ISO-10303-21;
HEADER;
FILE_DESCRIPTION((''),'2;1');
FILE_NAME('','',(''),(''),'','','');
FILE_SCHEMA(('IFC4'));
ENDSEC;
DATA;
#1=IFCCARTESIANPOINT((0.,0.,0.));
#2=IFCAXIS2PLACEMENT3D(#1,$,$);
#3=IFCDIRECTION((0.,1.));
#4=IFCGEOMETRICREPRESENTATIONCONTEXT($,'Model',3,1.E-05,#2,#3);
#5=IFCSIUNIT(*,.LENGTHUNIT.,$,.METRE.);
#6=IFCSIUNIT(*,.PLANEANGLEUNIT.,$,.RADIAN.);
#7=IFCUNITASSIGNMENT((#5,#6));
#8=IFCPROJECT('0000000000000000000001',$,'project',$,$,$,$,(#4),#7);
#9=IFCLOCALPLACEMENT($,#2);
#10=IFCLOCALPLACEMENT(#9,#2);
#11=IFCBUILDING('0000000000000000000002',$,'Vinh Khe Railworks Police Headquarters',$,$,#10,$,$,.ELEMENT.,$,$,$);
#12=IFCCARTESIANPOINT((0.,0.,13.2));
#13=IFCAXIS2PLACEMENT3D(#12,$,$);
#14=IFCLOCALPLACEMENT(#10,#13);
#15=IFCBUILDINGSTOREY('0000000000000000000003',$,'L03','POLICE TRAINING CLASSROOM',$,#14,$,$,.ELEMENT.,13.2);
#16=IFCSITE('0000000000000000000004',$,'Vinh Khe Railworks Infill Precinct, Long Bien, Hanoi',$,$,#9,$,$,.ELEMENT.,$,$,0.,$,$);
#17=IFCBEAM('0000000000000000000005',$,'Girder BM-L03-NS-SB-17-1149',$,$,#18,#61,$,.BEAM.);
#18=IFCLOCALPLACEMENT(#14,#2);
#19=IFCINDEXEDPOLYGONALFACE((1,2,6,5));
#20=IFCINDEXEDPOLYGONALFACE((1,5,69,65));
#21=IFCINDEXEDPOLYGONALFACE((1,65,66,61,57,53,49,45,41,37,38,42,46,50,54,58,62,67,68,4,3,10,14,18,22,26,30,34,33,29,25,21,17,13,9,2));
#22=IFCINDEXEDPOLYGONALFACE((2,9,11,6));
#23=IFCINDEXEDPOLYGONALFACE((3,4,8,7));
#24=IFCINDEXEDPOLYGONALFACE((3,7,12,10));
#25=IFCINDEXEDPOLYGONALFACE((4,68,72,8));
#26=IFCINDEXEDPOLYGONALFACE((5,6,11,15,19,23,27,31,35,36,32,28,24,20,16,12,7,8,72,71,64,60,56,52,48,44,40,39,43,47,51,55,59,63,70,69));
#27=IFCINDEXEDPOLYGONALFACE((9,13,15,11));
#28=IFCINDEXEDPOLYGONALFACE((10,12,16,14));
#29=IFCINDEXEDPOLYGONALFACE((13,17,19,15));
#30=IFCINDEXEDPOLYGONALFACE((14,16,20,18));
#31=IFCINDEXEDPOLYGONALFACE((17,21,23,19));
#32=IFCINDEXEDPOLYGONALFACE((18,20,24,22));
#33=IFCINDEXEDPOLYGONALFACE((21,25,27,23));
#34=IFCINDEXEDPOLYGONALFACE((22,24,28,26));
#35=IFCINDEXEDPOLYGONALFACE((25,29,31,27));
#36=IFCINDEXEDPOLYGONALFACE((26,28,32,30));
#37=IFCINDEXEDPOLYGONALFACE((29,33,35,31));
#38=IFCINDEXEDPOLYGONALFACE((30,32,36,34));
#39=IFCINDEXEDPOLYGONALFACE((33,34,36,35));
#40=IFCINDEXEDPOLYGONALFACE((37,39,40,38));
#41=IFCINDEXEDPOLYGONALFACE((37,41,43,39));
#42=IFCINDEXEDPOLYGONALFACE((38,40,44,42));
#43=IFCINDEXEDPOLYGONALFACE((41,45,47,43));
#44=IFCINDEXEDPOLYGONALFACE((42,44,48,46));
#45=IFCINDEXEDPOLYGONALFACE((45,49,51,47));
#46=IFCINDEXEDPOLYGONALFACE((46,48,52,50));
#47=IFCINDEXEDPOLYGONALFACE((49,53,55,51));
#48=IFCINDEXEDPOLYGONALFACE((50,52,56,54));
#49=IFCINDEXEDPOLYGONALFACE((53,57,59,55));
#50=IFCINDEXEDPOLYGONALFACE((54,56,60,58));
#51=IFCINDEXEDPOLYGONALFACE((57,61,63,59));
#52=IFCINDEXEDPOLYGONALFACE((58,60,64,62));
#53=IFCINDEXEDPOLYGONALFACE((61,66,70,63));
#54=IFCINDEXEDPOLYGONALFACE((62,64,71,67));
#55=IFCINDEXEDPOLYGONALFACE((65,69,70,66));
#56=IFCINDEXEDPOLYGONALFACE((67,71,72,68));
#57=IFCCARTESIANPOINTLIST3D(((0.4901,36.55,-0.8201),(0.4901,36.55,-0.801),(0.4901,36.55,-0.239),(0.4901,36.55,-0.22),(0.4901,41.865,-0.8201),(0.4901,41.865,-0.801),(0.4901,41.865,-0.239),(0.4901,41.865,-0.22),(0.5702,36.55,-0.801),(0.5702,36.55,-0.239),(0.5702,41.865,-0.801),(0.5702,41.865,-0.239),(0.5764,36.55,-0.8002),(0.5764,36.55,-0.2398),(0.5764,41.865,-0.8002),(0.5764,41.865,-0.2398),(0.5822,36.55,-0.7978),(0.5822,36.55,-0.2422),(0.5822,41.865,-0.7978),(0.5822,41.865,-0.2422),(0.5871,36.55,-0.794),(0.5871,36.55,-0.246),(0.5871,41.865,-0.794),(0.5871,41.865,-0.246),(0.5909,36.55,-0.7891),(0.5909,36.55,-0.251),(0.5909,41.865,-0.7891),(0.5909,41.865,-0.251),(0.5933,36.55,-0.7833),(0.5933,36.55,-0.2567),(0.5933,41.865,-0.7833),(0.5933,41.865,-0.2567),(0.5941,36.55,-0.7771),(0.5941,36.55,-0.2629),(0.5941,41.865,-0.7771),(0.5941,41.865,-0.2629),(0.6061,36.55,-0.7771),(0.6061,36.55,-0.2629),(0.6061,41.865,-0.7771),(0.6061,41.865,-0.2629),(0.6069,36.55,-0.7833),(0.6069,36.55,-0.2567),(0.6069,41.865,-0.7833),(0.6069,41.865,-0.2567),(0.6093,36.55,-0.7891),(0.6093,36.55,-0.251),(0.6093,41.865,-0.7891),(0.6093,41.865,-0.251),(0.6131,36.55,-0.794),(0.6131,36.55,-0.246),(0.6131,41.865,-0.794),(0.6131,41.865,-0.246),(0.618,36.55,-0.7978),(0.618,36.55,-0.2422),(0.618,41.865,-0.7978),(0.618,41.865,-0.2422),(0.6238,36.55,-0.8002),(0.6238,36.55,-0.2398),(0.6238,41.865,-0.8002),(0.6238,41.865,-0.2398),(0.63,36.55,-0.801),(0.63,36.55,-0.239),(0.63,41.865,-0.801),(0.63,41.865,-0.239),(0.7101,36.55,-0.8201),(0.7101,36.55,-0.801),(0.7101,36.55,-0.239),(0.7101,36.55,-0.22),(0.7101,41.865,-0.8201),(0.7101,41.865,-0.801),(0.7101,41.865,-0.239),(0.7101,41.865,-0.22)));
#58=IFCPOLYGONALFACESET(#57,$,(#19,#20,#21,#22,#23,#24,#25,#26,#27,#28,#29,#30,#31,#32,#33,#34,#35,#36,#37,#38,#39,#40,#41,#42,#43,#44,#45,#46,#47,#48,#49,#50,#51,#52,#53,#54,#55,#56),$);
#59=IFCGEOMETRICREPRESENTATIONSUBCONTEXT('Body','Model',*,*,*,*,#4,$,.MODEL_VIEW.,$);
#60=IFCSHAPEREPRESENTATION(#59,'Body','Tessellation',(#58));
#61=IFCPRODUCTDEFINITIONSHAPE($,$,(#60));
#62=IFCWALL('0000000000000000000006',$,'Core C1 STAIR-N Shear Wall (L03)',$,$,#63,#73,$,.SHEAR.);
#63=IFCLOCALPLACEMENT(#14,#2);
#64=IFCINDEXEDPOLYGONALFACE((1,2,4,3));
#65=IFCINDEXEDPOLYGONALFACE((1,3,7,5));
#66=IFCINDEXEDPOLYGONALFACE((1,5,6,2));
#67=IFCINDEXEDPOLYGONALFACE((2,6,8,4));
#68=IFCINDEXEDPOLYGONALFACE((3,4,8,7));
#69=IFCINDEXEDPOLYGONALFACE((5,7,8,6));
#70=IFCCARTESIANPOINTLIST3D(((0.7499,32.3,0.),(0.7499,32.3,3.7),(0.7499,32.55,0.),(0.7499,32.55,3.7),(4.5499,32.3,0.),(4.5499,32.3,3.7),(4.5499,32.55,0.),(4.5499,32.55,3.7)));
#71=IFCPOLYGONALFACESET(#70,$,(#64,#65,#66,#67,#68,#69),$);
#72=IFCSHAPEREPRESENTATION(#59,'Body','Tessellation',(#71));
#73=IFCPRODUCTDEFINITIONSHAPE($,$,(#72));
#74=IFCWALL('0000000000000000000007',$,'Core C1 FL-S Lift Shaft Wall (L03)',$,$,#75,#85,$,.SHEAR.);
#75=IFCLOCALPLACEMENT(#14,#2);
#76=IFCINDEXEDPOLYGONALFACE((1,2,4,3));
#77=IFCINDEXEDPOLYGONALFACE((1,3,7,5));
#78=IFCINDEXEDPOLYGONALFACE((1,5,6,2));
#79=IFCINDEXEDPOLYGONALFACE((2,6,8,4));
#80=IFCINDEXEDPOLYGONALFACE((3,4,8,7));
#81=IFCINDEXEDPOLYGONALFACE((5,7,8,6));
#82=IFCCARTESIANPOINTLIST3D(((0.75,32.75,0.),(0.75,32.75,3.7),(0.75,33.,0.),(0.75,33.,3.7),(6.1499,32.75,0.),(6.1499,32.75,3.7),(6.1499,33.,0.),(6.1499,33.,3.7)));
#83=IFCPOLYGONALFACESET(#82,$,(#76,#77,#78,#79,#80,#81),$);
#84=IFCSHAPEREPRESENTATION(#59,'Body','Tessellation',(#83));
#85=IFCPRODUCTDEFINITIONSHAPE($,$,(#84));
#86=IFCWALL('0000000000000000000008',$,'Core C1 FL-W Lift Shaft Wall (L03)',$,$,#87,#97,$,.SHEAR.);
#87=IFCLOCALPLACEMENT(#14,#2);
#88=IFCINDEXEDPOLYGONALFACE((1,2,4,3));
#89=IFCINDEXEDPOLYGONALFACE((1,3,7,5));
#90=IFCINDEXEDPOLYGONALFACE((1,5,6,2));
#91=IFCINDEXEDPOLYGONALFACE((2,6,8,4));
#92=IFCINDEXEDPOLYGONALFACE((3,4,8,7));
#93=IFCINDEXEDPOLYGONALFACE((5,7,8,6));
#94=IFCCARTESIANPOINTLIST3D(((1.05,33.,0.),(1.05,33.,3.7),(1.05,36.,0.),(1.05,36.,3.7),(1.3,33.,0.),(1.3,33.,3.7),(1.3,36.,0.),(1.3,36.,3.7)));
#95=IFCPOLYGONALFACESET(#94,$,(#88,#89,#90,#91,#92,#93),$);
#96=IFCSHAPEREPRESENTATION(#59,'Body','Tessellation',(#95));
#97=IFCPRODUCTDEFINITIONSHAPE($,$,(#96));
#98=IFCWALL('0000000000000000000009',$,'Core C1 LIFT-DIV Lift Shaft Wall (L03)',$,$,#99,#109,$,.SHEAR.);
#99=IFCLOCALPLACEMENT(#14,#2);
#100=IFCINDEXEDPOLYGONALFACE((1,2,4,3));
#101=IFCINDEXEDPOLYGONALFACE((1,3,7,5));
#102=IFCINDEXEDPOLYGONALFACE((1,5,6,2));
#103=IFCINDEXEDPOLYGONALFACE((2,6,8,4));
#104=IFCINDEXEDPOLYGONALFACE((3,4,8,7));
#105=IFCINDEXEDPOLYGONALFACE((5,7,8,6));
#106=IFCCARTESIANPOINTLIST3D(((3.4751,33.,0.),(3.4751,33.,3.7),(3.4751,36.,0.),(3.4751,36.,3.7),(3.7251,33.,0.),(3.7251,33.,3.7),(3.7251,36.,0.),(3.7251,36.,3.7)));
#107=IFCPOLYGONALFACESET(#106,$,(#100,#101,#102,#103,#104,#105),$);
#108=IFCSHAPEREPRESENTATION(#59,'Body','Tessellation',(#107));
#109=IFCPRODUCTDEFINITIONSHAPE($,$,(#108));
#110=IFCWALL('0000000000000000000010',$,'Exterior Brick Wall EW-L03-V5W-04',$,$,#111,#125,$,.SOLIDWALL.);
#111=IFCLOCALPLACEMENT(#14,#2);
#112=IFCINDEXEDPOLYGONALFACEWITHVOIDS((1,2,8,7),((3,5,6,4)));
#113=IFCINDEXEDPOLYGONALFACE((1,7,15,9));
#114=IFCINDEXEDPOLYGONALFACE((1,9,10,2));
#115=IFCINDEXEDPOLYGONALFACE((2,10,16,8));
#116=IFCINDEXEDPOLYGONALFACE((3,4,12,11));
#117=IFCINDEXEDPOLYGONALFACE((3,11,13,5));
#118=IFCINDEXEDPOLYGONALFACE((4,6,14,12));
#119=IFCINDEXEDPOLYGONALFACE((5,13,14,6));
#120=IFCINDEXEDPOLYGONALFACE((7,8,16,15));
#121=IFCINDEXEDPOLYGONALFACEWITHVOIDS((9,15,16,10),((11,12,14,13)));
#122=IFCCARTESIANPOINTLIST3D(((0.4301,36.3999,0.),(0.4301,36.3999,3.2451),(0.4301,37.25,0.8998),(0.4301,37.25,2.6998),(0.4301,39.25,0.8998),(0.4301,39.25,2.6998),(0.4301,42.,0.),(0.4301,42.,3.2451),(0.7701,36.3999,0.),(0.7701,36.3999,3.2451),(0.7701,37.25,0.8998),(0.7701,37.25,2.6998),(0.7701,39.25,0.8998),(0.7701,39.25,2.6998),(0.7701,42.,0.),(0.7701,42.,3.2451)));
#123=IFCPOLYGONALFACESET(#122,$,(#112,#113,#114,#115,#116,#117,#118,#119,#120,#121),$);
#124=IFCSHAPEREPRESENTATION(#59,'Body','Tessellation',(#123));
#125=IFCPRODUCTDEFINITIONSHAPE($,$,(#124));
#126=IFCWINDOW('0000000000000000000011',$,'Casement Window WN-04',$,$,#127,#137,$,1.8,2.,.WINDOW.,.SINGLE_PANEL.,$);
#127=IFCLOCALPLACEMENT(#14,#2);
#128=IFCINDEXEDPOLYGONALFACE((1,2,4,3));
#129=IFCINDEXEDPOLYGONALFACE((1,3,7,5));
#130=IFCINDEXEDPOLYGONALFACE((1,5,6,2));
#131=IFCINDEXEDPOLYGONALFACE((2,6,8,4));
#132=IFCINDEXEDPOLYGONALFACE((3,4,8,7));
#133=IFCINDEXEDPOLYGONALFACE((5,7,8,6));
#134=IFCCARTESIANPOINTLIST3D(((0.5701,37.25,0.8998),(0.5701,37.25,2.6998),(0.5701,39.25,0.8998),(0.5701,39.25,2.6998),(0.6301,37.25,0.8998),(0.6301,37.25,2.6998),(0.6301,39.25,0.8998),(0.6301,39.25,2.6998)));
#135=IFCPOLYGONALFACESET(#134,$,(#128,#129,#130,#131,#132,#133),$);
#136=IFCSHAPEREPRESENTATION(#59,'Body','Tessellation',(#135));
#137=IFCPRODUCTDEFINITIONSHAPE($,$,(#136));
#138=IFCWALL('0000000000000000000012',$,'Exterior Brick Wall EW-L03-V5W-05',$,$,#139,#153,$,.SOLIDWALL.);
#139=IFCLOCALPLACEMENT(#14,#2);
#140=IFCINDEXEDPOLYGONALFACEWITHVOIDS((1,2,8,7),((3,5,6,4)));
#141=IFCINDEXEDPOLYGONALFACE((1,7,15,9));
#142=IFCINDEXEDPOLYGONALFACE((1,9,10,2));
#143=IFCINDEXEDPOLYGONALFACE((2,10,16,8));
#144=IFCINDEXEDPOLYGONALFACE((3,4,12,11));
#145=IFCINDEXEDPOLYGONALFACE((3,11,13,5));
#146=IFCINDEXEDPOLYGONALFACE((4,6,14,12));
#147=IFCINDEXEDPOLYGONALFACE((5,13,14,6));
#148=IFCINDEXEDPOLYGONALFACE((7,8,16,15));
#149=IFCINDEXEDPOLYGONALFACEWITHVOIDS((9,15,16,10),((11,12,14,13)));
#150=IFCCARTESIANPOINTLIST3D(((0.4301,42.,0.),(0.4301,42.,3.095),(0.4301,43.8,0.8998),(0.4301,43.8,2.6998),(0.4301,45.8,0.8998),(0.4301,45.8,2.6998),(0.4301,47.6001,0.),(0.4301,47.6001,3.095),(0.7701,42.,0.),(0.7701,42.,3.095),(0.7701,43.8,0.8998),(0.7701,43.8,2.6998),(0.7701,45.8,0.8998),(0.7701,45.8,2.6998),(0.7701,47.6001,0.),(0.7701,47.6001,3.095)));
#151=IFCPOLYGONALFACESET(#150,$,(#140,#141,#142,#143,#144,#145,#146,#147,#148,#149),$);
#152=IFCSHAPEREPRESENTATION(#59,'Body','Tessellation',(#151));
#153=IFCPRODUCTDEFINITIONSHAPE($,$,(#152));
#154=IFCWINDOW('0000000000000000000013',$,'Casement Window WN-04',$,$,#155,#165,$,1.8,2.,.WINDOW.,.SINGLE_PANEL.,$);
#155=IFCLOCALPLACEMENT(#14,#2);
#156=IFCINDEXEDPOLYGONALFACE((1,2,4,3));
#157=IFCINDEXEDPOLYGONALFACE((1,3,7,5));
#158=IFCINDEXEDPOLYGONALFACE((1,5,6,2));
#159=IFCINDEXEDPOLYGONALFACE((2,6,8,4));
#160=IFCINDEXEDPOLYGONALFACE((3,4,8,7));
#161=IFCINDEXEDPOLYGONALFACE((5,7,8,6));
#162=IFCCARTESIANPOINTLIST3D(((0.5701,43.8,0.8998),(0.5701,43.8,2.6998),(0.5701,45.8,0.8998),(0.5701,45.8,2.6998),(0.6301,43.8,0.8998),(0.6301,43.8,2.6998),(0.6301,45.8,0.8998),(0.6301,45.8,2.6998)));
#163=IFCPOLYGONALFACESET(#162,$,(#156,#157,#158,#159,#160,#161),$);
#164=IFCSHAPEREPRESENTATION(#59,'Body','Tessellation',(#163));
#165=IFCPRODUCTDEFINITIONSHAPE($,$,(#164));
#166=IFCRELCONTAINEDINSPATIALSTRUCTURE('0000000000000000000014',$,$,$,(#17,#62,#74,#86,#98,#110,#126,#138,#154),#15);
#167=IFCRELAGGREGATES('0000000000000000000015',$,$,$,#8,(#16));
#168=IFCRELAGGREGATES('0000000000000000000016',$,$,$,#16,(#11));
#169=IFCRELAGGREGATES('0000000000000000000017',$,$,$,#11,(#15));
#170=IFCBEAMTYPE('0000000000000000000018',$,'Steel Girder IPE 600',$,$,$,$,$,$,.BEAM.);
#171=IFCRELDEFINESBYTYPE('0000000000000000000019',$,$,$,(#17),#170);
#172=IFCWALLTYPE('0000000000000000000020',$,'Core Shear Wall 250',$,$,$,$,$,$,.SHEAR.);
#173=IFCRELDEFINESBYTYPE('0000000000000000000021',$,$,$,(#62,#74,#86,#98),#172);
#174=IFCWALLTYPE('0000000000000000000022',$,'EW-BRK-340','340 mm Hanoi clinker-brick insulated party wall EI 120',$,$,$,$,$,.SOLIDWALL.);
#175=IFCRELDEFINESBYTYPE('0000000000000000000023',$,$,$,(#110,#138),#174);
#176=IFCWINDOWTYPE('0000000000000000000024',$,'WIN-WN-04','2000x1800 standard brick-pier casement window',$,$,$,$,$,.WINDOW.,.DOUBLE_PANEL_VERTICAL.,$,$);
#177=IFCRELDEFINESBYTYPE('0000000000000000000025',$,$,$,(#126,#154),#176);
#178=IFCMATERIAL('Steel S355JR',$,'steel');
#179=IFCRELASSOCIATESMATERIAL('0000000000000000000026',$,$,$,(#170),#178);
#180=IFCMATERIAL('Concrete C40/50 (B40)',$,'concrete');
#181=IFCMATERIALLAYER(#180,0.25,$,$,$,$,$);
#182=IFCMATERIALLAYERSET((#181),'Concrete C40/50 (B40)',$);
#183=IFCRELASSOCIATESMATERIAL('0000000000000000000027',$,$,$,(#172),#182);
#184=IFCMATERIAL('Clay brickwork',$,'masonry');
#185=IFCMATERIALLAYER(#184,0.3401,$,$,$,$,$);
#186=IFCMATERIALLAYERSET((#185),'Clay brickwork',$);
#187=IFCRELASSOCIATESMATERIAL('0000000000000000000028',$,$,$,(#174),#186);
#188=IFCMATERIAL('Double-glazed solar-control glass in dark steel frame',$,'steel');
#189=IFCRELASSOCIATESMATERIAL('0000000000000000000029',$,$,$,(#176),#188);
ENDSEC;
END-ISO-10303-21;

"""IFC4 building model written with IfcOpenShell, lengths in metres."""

from ifc_helpers import new_model, si_unit, direction, frame, frame_2d, origin, origin_2d, place, context, subcontext, project, spatial, rectangle, i_section, extrude, material, layer, layer_set, material_profile, profile_set, type_object, element, fill, save


model = new_model("IFC4")

# Units and contexts
model_context = context("Model", 3, precision=1e-05, world=origin(), true_north=direction((0.0, 1.0)))
body_context = subcontext(model_context, "Body", "Model", "MODEL_VIEW")
ifc_project = project(units=[si_unit("LENGTHUNIT", "METRE"), si_unit("PLANEANGLEUNIT", "RADIAN")], contexts=[model_context])

# Site, building, storey
site_placement = place(None, origin())
site = spatial("IfcSite", under=ifc_project, at=site_placement, Name="Vinh Khe Railworks Infill Precinct, Long Bien, Hanoi", CompositionType="ELEMENT", RefElevation=0.0)
building_placement = place(site_placement, origin())
building = spatial("IfcBuilding", under=site, at=building_placement, Name="Vinh Khe Railworks Police Headquarters", CompositionType="ELEMENT")
storey_placement = place(building_placement, frame((0.0, 0.0, 13.2)))
storey = spatial("IfcBuildingStorey", under=building, at=storey_placement, Name="L03", Description="POLICE TRAINING CLASSROOM", CompositionType="ELEMENT", Elevation=13.2)

# Shared definitions
ifc_material_1 = material(Name="Steel S355JR", Category="steel")

# Beam
ifc_material_profile_1 = material_profile(ifc_material_1, i_section(OverallWidth=0.22, OverallDepth=0.6001, WebThickness=0.012, FlangeThickness=0.019, FilletRadius=0.0239, at=origin_2d()), Name="IPE 600")
ifc_profile_set_1 = profile_set([ifc_material_profile_1], Name="Steel S355JR")
beam_type_1 = type_object("IfcBeamType", Name="Steel Girder IPE 600", PredefinedType="BEAM", material=ifc_profile_set_1)
beam_1_placement = place(storey_placement, frame((0.6001, 36.55, -0.52), z_axis=(0.0, 1.0, 0.0), x_axis=(-1.0, 0.0, 0.0)))
element("IfcBeam", 1, at=beam_1_placement, inside=storey, type_object=beam_type_1, Name="Girder BM-L03-NS-SB-17-1149", PredefinedType="BEAM", context=body_context, shape_type="SweptSolid", body=[
    extrude(i_section(OverallWidth=0.22, OverallDepth=0.6001, WebThickness=0.012, FlangeThickness=0.019, FilletRadius=0.0239, at=origin_2d()), origin(), (0.0, 0.0, 1.0), 5.3149),
])

# Walls
ifc_material_2 = material(Name="Concrete C40/50 (B40)", Category="concrete")
ifc_layer_1 = layer(ifc_material_2, 0.25)
ifc_layer_set_1 = layer_set([ifc_layer_1], Name="Concrete C40/50 (B40)")
wall_type_1 = type_object("IfcWallType", Name="Core Shear Wall 250", PredefinedType="SHEAR", material=ifc_layer_set_1)
wall_1_placement = place(storey_placement, frame((0.75, 32.425, 0.0), z_axis=(0.0, 0.0, 1.0), x_axis=(1.0, 0.0, 0.0)))
element("IfcWall", 2, at=wall_1_placement, inside=storey, type_object=wall_type_1, Name="Core C1 STAIR-N Shear Wall (L03)", PredefinedType="SHEAR", context=body_context, shape_type="SweptSolid", body=[
    extrude(rectangle(XDim=3.8, YDim=0.25, at=frame_2d((1.8999, 0.0))), origin(), (0.0, 0.0, 1.0), 3.7),
])
wall_2_placement = place(storey_placement, frame((0.75, 32.875, 0.0), z_axis=(0.0, 0.0, 1.0), x_axis=(1.0, 0.0, 0.0)))
element("IfcWall", 3, at=wall_2_placement, inside=storey, type_object=wall_type_1, Name="Core C1 FL-S Lift Shaft Wall (L03)", PredefinedType="SHEAR", context=body_context, shape_type="SweptSolid", body=[
    extrude(rectangle(XDim=5.3999, YDim=0.25, at=frame_2d((2.7, 0.0))), origin(), (0.0, 0.0, 1.0), 3.7),
])

# Walls
for number, where, z_axis, x_axis, name in (
    (4, (1.175, 33.0, 0.0), (0.0, 0.0, 1.0), (0.0, 1.0, 0.0), "Core C1 FL-W Lift Shaft Wall (L03)"),
    (5, (3.6001, 33.0, 0.0), (0.0, 0.0, 1.0), (0.0, 1.0, 0.0), "Core C1 LIFT-DIV Lift Shaft Wall (L03)"),
):
    element("IfcWall", number, at=place(storey_placement, frame(where, z_axis=z_axis, x_axis=x_axis)), inside=storey, type_object=wall_type_1, Name=name, PredefinedType="SHEAR", context=body_context, shape_type="SweptSolid", body=[
        extrude(rectangle(XDim=3.0, YDim=0.25, at=frame_2d((1.5, 0.0))), origin(), (0.0, 0.0, 1.0), 3.7),
    ])

# Walls, openings, windows
ifc_material_3 = material(Name="Clay brickwork", Category="masonry")
ifc_layer_2 = layer(ifc_material_3, 0.3401)
ifc_layer_set_2 = layer_set([ifc_layer_2], Name="Clay brickwork")
wall_type_2 = type_object("IfcWallType", Name="EW-BRK-340", Description="340 mm Hanoi clinker-brick insulated party wall EI 120", PredefinedType="SOLIDWALL", material=ifc_layer_set_2)
wall_3_placement = place(storey_placement, frame((0.6001, 36.3999, 0.0), z_axis=(0.0, 0.0, 1.0), x_axis=(0.0, 1.0, 0.0)))
wall_3 = element("IfcWall", 6, at=wall_3_placement, inside=storey, type_object=wall_type_2, Name="Exterior Brick Wall EW-L03-V5W-04", PredefinedType="SOLIDWALL", context=body_context, shape_type="SweptSolid", body=[
    extrude(rectangle(XDim=5.6001, YDim=0.3401, at=frame_2d((2.8, 0.0))), origin(), (0.0, 0.0, 1.0), 3.2451),
])
opening_1_placement = place(wall_3_placement, frame((0.8501, 0.0, 0.8999)))
opening_1 = element("IfcOpeningElement", 7, at=opening_1_placement, cuts=wall_3, PredefinedType="OPENING", context=body_context, shape_type="SweptSolid", body=[
    extrude(rectangle(XDim=2.0, YDim=1.8, at=frame_2d((1.0, 0.8999))), frame((0.0, 0.1851, 0.0), z_axis=(0.0, -1.0, 0.0), x_axis=(1.0, 0.0, 0.0)), (0.0, 0.0, 1.0), 0.3699),
])
ifc_material_4 = material(Name="Double-glazed solar-control glass in dark steel frame", Category="steel")
window_type_1 = type_object("IfcWindowType", Name="WIN-WN-04", Description="2000x1800 standard brick-pier casement window", PartitioningType="DOUBLE_PANEL_VERTICAL", PredefinedType="WINDOW", material=ifc_material_4)
window_1_placement = place(opening_1_placement, origin())
window_1 = element("IfcWindow", 8, at=window_1_placement, inside=storey, type_object=window_type_1, Name="Casement Window WN-04", OverallHeight=1.8, OverallWidth=2.0, PartitioningType="SINGLE_PANEL", PredefinedType="WINDOW", context=body_context, shape_type="SweptSolid", body=[
    extrude(rectangle(XDim=2.0, YDim=1.8, at=frame_2d((1.0, 0.8999))), frame((0.0, 0.03, 0.0), z_axis=(0.0, -1.0, 0.0), x_axis=(1.0, 0.0, 0.0)), (0.0, 0.0, 1.0), 0.0601),
])
fill(opening_1, window_1)
wall_4_placement = place(storey_placement, frame((0.6001, 42.0, 0.0), z_axis=(0.0, 0.0, 1.0), x_axis=(0.0, 1.0, 0.0)))
wall_4 = element("IfcWall", 9, at=wall_4_placement, inside=storey, type_object=wall_type_2, Name="Exterior Brick Wall EW-L03-V5W-05", PredefinedType="SOLIDWALL", context=body_context, shape_type="SweptSolid", body=[
    extrude(rectangle(XDim=5.6001, YDim=0.3401, at=frame_2d((2.8, 0.0))), origin(), (0.0, 0.0, 1.0), 3.095),
])
opening_2_placement = place(wall_4_placement, frame((1.8, 0.0, 0.8999)))
opening_2 = element("IfcOpeningElement", 10, at=opening_2_placement, cuts=wall_4, PredefinedType="OPENING", context=body_context, shape_type="SweptSolid", body=[
    extrude(rectangle(XDim=2.0, YDim=1.8, at=frame_2d((1.0, 0.8999))), frame((0.0, 0.1851, 0.0), z_axis=(0.0, -1.0, 0.0), x_axis=(1.0, 0.0, 0.0)), (0.0, 0.0, 1.0), 0.3699),
])
window_2_placement = place(opening_2_placement, origin())
window_2 = element("IfcWindow", 11, at=window_2_placement, inside=storey, type_object=window_type_1, Name="Casement Window WN-04", OverallHeight=1.8, OverallWidth=2.0, PartitioningType="SINGLE_PANEL", PredefinedType="WINDOW", context=body_context, shape_type="SweptSolid", body=[
    extrude(rectangle(XDim=2.0, YDim=1.8, at=frame_2d((1.0, 0.8999))), frame((0.0, 0.03, 0.0), z_axis=(0.0, -1.0, 0.0), x_axis=(1.0, 0.0, 0.0)), (0.0, 0.0, 1.0), 0.0601),
])
fill(opening_2, window_2)

save(model, "model.ifc")
